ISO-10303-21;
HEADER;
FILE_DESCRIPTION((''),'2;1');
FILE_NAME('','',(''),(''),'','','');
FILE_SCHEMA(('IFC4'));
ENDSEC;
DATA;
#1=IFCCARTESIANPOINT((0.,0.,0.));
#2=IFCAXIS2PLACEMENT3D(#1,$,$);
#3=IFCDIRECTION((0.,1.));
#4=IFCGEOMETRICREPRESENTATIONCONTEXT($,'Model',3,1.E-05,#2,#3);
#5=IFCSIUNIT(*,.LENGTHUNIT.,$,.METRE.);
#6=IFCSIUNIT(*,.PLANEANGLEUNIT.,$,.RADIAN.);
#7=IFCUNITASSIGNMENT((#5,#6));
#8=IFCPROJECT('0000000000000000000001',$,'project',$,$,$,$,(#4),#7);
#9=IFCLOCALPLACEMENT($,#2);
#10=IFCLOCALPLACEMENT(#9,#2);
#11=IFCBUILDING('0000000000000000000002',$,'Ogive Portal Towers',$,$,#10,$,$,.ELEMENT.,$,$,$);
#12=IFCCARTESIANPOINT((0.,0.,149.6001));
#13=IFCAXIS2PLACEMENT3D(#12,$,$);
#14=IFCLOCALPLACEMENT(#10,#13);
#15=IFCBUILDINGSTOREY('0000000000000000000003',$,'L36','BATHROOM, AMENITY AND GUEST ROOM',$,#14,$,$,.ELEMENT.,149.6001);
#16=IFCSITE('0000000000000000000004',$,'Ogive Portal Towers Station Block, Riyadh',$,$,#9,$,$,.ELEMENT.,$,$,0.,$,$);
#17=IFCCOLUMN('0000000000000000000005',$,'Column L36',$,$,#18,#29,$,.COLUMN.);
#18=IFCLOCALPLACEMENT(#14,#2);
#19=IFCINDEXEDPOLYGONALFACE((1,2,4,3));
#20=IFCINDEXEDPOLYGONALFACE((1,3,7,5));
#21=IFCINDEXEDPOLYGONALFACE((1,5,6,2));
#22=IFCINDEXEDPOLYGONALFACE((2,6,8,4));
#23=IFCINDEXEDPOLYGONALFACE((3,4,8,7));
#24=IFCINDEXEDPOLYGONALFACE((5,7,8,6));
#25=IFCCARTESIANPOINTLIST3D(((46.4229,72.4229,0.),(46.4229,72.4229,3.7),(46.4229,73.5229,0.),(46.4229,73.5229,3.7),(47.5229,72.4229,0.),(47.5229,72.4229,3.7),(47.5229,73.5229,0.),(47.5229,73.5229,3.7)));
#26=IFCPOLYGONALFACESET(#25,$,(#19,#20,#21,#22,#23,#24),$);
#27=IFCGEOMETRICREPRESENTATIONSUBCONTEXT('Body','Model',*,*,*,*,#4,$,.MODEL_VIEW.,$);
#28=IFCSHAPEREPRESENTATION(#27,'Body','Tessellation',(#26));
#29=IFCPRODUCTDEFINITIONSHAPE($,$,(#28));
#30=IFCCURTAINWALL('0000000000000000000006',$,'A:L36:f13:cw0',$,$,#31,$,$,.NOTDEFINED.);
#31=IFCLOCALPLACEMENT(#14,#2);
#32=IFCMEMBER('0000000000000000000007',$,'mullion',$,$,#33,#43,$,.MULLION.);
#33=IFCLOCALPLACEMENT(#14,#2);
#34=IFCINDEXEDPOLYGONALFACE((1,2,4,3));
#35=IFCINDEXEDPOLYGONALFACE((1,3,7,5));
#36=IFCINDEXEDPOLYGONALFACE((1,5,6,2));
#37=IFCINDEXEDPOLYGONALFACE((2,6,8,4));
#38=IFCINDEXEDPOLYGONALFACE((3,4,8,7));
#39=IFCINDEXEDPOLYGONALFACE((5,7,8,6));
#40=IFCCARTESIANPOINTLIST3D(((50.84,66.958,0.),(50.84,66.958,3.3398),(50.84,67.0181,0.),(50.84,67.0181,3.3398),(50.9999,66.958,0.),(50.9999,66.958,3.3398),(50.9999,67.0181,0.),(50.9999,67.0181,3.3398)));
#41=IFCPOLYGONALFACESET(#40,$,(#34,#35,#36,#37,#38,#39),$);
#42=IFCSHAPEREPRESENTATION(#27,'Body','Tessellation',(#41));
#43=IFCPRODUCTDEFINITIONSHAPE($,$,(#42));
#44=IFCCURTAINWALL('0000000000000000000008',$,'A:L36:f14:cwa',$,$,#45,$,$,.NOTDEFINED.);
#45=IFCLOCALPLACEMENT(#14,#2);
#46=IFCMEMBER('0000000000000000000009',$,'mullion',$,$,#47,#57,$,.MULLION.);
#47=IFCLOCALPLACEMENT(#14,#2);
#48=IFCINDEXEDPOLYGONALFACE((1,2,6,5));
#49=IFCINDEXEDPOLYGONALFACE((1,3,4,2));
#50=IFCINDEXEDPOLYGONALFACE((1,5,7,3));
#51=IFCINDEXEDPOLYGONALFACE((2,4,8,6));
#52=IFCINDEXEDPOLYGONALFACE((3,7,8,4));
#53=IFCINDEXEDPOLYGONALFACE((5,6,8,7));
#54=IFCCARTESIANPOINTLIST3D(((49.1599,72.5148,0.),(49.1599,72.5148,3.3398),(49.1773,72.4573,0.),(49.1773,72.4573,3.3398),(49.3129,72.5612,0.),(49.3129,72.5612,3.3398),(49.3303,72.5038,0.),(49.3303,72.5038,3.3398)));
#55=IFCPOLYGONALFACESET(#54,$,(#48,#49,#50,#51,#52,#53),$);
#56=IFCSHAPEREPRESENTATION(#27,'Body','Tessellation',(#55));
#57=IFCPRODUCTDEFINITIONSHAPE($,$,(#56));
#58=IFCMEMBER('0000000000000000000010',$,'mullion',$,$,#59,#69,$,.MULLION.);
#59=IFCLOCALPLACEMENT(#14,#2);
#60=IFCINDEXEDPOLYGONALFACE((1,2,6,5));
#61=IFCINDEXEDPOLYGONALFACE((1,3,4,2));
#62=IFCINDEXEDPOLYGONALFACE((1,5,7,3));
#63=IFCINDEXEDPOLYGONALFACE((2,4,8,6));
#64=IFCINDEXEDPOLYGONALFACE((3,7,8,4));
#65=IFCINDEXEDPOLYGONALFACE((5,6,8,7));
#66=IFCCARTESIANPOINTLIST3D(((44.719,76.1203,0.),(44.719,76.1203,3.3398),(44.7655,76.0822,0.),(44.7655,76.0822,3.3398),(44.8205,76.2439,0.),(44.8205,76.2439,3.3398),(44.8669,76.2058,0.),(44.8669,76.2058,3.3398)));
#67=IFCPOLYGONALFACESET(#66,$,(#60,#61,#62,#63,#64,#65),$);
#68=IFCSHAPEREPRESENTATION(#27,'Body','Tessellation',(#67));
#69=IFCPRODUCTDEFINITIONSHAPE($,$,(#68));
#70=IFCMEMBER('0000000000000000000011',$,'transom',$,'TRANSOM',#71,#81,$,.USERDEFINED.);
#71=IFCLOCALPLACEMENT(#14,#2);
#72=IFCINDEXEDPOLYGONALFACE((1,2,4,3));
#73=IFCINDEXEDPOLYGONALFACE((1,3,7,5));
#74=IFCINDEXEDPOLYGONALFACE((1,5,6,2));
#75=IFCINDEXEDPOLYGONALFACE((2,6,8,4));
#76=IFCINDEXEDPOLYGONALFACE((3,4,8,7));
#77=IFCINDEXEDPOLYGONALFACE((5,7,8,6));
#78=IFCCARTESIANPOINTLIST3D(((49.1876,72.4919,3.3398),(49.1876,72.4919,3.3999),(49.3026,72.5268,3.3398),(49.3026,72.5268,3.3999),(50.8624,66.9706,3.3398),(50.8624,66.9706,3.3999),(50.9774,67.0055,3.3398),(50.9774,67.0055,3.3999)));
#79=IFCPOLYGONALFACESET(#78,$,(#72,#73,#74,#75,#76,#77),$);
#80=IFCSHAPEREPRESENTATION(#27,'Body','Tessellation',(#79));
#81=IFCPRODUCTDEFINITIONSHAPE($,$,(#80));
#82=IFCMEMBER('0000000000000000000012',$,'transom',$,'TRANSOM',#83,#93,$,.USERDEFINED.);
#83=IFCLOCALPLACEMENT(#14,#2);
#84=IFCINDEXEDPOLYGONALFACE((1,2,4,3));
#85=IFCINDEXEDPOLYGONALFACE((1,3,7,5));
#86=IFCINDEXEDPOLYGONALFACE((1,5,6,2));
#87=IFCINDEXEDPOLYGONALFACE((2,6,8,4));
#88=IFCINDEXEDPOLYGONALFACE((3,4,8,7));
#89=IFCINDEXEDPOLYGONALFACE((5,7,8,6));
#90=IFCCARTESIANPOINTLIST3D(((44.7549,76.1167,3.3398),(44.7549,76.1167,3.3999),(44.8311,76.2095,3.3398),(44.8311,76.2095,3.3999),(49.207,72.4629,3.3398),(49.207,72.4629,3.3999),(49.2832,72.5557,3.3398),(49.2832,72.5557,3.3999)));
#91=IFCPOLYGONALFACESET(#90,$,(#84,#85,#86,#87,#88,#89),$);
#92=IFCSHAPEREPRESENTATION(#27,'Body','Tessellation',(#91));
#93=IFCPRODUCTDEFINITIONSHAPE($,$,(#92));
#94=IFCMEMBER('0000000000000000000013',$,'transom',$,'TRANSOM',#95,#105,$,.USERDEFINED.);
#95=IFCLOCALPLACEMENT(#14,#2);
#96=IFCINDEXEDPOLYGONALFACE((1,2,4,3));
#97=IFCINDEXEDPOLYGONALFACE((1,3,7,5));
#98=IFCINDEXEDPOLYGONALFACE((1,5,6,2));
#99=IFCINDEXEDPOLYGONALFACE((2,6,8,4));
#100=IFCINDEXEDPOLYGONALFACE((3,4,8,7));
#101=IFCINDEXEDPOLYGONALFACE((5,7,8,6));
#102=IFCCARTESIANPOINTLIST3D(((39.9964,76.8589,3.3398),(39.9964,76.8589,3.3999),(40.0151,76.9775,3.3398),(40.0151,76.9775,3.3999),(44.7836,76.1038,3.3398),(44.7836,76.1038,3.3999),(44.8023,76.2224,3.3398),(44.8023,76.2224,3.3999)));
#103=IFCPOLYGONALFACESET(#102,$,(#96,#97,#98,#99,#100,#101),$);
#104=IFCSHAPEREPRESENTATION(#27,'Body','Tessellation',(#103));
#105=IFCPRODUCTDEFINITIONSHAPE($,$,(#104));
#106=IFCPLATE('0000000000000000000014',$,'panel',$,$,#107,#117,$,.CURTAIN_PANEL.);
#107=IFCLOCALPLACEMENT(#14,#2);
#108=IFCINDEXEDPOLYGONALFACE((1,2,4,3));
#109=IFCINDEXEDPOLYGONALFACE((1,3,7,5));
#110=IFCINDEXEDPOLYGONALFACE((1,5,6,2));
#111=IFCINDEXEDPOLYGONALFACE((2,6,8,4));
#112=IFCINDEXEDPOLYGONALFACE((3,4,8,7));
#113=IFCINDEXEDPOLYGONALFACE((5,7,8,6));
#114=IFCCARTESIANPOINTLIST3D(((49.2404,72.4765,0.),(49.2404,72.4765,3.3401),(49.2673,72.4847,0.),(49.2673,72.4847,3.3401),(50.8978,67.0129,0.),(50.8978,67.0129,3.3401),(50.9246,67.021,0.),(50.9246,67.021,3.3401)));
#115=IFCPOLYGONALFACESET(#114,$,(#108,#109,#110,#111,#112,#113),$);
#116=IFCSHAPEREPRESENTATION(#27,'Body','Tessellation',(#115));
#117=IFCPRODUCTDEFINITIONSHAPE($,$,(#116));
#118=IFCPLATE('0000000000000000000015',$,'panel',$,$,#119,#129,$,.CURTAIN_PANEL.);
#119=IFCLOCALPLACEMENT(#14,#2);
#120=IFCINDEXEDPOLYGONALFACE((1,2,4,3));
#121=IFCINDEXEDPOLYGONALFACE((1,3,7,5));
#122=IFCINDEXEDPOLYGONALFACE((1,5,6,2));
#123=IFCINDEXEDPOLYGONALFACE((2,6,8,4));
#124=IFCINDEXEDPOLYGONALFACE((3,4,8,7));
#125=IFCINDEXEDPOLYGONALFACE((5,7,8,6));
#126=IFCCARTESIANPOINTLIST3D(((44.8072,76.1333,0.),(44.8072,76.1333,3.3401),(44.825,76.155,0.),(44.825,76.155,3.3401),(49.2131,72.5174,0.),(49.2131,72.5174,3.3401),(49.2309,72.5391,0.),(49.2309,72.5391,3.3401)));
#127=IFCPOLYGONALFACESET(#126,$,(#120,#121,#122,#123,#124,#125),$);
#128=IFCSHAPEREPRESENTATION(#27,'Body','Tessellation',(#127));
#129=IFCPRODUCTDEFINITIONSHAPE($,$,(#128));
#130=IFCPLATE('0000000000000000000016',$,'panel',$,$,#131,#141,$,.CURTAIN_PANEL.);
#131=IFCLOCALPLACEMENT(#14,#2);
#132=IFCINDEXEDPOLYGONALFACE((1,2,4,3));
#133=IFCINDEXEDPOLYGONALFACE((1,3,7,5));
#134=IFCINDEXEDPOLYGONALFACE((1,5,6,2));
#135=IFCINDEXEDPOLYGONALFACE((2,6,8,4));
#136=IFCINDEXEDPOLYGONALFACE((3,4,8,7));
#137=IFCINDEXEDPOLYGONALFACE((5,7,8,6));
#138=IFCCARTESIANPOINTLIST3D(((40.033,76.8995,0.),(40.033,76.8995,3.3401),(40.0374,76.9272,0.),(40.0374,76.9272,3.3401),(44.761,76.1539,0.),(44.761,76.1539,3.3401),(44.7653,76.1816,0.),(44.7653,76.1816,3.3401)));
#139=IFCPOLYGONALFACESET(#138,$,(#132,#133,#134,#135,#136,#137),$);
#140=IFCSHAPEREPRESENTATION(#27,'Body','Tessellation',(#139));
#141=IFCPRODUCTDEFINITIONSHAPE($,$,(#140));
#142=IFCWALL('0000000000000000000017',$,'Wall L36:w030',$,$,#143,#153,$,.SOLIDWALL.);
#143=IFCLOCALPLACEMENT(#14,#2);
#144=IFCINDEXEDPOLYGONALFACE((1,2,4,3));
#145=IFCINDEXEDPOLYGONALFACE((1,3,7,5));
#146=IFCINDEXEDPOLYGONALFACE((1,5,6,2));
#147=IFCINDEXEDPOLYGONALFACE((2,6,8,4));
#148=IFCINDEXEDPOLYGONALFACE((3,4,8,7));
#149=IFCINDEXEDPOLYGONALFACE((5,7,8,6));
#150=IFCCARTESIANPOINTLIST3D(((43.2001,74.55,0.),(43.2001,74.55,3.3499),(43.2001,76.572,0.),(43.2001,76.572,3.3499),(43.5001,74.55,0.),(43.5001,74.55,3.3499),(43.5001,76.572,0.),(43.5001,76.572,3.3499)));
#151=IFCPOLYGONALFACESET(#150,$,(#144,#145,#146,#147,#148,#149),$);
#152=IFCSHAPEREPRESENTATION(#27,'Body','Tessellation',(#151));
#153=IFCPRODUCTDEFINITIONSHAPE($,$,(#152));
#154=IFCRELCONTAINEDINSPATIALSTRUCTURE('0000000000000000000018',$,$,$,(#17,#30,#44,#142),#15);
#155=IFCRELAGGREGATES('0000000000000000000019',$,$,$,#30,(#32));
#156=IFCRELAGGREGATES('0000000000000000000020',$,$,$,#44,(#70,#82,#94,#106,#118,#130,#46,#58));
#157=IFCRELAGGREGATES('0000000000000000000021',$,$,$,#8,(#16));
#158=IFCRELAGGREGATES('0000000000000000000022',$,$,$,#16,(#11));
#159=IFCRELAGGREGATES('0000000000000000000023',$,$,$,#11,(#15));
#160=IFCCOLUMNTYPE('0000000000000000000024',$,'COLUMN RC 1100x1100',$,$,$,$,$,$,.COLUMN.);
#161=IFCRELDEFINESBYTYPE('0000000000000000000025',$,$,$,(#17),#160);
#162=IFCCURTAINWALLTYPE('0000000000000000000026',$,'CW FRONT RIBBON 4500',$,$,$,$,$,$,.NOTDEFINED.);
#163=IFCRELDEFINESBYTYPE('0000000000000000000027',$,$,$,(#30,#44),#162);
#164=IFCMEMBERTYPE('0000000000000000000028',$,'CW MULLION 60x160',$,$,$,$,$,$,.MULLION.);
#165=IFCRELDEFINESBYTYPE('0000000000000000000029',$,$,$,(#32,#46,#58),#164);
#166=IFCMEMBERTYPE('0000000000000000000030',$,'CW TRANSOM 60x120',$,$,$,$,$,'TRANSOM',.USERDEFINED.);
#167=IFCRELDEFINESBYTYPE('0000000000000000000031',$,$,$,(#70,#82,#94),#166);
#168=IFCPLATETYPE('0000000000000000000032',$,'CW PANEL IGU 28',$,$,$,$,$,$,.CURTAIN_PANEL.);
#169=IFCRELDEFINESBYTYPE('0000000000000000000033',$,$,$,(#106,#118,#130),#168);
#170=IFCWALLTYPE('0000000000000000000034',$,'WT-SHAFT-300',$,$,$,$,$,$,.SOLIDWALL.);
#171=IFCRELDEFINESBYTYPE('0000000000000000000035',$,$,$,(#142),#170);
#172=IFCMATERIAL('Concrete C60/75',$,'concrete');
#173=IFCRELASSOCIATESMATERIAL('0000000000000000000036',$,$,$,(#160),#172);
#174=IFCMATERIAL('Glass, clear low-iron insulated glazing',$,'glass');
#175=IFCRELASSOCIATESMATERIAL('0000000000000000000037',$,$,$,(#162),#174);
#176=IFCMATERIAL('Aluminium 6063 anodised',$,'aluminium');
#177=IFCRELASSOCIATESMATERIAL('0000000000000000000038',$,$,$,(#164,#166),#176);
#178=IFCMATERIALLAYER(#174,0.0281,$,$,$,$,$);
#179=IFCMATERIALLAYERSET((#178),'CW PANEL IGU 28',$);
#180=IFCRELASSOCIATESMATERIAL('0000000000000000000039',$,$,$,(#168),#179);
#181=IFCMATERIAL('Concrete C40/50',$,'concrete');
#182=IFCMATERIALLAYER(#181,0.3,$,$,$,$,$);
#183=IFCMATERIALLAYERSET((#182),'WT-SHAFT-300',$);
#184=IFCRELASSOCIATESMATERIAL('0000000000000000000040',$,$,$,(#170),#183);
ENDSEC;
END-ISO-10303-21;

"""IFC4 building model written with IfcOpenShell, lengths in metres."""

from ifc_helpers import new_model, si_unit, direction, frame, frame_2d, origin, origin_2d, place, context, subcontext, project, spatial, rectangle, extrude, material, layer, layer_set, material_profile, profile_set, type_object, element, aggregate, save


model = new_model("IFC4")

# Units and contexts
model_context = context("Model", 3, precision=1e-05, world=origin(), true_north=direction((0.0, 1.0)))
body_context = subcontext(model_context, "Body", "Model", "MODEL_VIEW")
ifc_project = project(units=[si_unit("LENGTHUNIT", "METRE"), si_unit("PLANEANGLEUNIT", "RADIAN")], contexts=[model_context])

# Site, building, storey
site_placement = place(None, origin())
site = spatial("IfcSite", under=ifc_project, at=site_placement, Name="Ogive Portal Towers Station Block, Riyadh", CompositionType="ELEMENT", RefElevation=0.0)
building_placement = place(site_placement, origin())
building = spatial("IfcBuilding", under=site, at=building_placement, Name="Ogive Portal Towers", CompositionType="ELEMENT")
storey_placement = place(building_placement, frame((0.0, 0.0, 149.6001)))
storey = spatial("IfcBuildingStorey", under=building, at=storey_placement, Name="L36", Description="BATHROOM, AMENITY AND GUEST ROOM", CompositionType="ELEMENT", Elevation=149.6001)

# Column
ifc_material_1 = material(Name="Concrete C60/75", Category="concrete")
ifc_material_profile_1 = material_profile(ifc_material_1, rectangle(XDim=1.1001, YDim=1.1001, at=origin_2d()), Name="RC 1100x1100")
ifc_profile_set_1 = profile_set([ifc_material_profile_1], Name="Concrete C60/75")
column_type = type_object("IfcColumnType", Name="COLUMN RC 1100x1100", PredefinedType="COLUMN", material=ifc_profile_set_1)
column_placement = place(storey_placement, frame((46.9729, 72.9729, 0.0), z_axis=(0.0, 0.0, 1.0), x_axis=(1.0, 0.0, 0.0)))
element("IfcColumn", 1, at=column_placement, inside=storey, type_object=column_type, Name="Column L36", PredefinedType="COLUMN", context=body_context, shape_type="SweptSolid", body=[
    extrude(rectangle(XDim=1.1001, YDim=1.1001, at=origin_2d()), origin(), (0.0, 0.0, 1.0), 3.7),
])

# Curtain wall, member
ifc_material_2 = material(Name="Glass, clear low-iron insulated glazing", Category="glass")
curtain_wall_type = type_object("IfcCurtainWallType", Name="CW FRONT RIBBON 4500", PredefinedType="NOTDEFINED", material=ifc_material_2)
curtain_wall_1_placement = place(storey_placement, origin())
curtain_wall_1 = element("IfcCurtainWall", 2, at=curtain_wall_1_placement, inside=storey, type_object=curtain_wall_type, Name="A:L36:f13:cw0", PredefinedType="NOTDEFINED")
ifc_material_3 = material(Name="Aluminium 6063 anodised", Category="aluminium")
ifc_material_profile_2 = material_profile(ifc_material_3, rectangle(XDim=0.1599, YDim=0.0601, at=origin_2d()), Name="AL 60x160")
ifc_profile_set_2 = profile_set([ifc_material_profile_2], Name="Aluminium 6063 anodised")
member_type_1 = type_object("IfcMemberType", Name="CW MULLION 60x160", PredefinedType="MULLION", material=ifc_profile_set_2)
member_1_placement = place(storey_placement, frame((50.9199, 66.988, 0.0), z_axis=(0.0, 0.0, 1.0), x_axis=(-1.0, 0.0, 0.0)))
member_1 = element("IfcMember", 3, at=member_1_placement, type_object=member_type_1, Name="mullion", PredefinedType="MULLION", context=body_context, shape_type="SweptSolid", body=[
    extrude(rectangle(XDim=0.1599, YDim=0.0601, at=origin_2d()), origin(), (0.0, 0.0, 1.0), 3.3398),
])
aggregate(curtain_wall_1, [member_1])

# Curtain wall, members, plates
curtain_wall_2_placement = place(storey_placement, origin())
curtain_wall_2 = element("IfcCurtainWall", 4, at=curtain_wall_2_placement, inside=storey, type_object=curtain_wall_type, Name="A:L36:f14:cwa", PredefinedType="NOTDEFINED")
member_2_placement = place(storey_placement, frame((49.2451, 72.5093, 0.0), z_axis=(0.0, 0.0, 1.0), x_axis=(-0.95694, -0.290285, 0.0)))
member_2 = element("IfcMember", 5, at=member_2_placement, type_object=member_type_1, Name="mullion", PredefinedType="MULLION", context=body_context, shape_type="SweptSolid", body=[
    extrude(rectangle(XDim=0.1599, YDim=0.0601, at=origin_2d()), origin(), (0.0, 0.0, 1.0), 3.3398),
])
member_3_placement = place(storey_placement, frame((44.793, 76.1631, 0.0), z_axis=(0.0, 0.0, 1.0), x_axis=(-0.634393, -0.77301, 0.0)))
member_3 = element("IfcMember", 6, at=member_3_placement, type_object=member_type_1, Name="mullion", PredefinedType="MULLION", context=body_context, shape_type="SweptSolid", body=[
    extrude(rectangle(XDim=0.1599, YDim=0.0601, at=origin_2d()), origin(), (0.0, 0.0, 1.0), 3.3398),
])
ifc_material_profile_3 = material_profile(ifc_material_3, rectangle(XDim=0.1201, YDim=0.0601, at=origin_2d()), Name="AL 120x60")
ifc_profile_set_3 = profile_set([ifc_material_profile_3], Name="Aluminium 6063 anodised")
member_type_2 = type_object("IfcMemberType", Name="CW TRANSOM 60x120", ElementType="TRANSOM", PredefinedType="USERDEFINED", material=ifc_profile_set_3)
member_4_placement = place(storey_placement, frame((50.9199, 66.988, 3.3699), z_axis=(-0.290277, 0.956943, 0.0), x_axis=(-0.956943, -0.290277, 0.0)))
member_4 = element("IfcMember", 7, at=member_4_placement, type_object=member_type_2, Name="transom", ObjectType="TRANSOM", PredefinedType="USERDEFINED", context=body_context, shape_type="SweptSolid", body=[
    extrude(rectangle(XDim=0.1201, YDim=0.0601, at=origin_2d()), origin(), (0.0, 0.0, 1.0), 5.7698),
])
member_5_placement = place(storey_placement, frame((49.2451, 72.5093, 3.3699), z_axis=(-0.773008, 0.634396, 0.0), x_axis=(-0.634396, -0.773008, 0.0)))
member_5 = element("IfcMember", 8, at=member_5_placement, type_object=member_type_2, Name="transom", ObjectType="TRANSOM", PredefinedType="USERDEFINED", context=body_context, shape_type="SweptSolid", body=[
    extrude(rectangle(XDim=0.1201, YDim=0.0601, at=origin_2d()), origin(), (0.0, 0.0, 1.0), 5.7595),
])
member_6_placement = place(storey_placement, frame((44.793, 76.1631, 3.3699), z_axis=(-0.987787, 0.155807, 0.0), x_axis=(-0.155807, -0.987787, 0.0)))
member_6 = element("IfcMember", 9, at=member_6_placement, type_object=member_type_2, Name="transom", ObjectType="TRANSOM", PredefinedType="USERDEFINED", context=body_context, shape_type="SweptSolid", body=[
    extrude(rectangle(XDim=0.1201, YDim=0.0601, at=origin_2d()), origin(), (0.0, 0.0, 1.0), 4.8464),
])
ifc_layer_1 = layer(ifc_material_2, 0.0281)
ifc_layer_set_1 = layer_set([ifc_layer_1], Name="CW PANEL IGU 28")
plate_type = type_object("IfcPlateType", Name="CW PANEL IGU 28", PredefinedType="CURTAIN_PANEL", material=ifc_layer_set_1)
plate_1_placement = place(storey_placement, frame((50.0825, 69.7488, 0.0), z_axis=(0.0, 0.0, 1.0), x_axis=(-0.290285, 0.95694, 0.0)))
plate_1 = element("IfcPlate", 10, at=plate_1_placement, type_object=plate_type, Name="panel", PredefinedType="CURTAIN_PANEL", context=body_context, shape_type="SweptSolid", body=[
    extrude(rectangle(XDim=5.7095, YDim=0.0281, at=origin_2d()), origin(), (0.0, 0.0, 1.0), 3.3401),
])
plate_2_placement = place(storey_placement, frame((47.019, 74.3362, 0.0), z_axis=(0.0, 0.0, 1.0), x_axis=(-0.77301, 0.634393, 0.0)))
plate_2 = element("IfcPlate", 11, at=plate_2_placement, type_object=plate_type, Name="panel", PredefinedType="CURTAIN_PANEL", context=body_context, shape_type="SweptSolid", body=[
    extrude(rectangle(XDim=5.6997, YDim=0.0281, at=origin_2d()), origin(), (0.0, 0.0, 1.0), 3.3401),
])
plate_3_placement = place(storey_placement, frame((42.3992, 76.5405, 0.0), z_axis=(0.0, 0.0, 1.0), x_axis=(-0.987792, 0.155777, 0.0)))
plate_3 = element("IfcPlate", 12, at=plate_3_placement, type_object=plate_type, Name="panel", PredefinedType="CURTAIN_PANEL", context=body_context, shape_type="SweptSolid", body=[
    extrude(rectangle(XDim=4.7864, YDim=0.0281, at=origin_2d()), origin(), (0.0, 0.0, 1.0), 3.3401),
])
aggregate(curtain_wall_2, [member_4, member_5, member_6, plate_1, plate_2, plate_3, member_2, member_3])

# Wall
ifc_material_4 = material(Name="Concrete C40/50", Category="concrete")
ifc_layer_2 = layer(ifc_material_4, 0.3)
ifc_layer_set_2 = layer_set([ifc_layer_2], Name="WT-SHAFT-300")
wall_type = type_object("IfcWallType", Name="WT-SHAFT-300", PredefinedType="SOLIDWALL", material=ifc_layer_set_2)
wall_placement = place(storey_placement, frame((43.3501, 74.55, 0.0), z_axis=(0.0, 0.0, 1.0), x_axis=(0.0, 1.0, 0.0)))
element("IfcWall", 13, at=wall_placement, inside=storey, type_object=wall_type, Name="Wall L36:w030", PredefinedType="SOLIDWALL", context=body_context, shape_type="SweptSolid", body=[
    extrude(rectangle(XDim=2.022, YDim=0.3, at=frame_2d((1.011, 0.0))), origin(), (0.0, 0.0, 1.0), 3.3499),
])

save(model, "model.ifc")
